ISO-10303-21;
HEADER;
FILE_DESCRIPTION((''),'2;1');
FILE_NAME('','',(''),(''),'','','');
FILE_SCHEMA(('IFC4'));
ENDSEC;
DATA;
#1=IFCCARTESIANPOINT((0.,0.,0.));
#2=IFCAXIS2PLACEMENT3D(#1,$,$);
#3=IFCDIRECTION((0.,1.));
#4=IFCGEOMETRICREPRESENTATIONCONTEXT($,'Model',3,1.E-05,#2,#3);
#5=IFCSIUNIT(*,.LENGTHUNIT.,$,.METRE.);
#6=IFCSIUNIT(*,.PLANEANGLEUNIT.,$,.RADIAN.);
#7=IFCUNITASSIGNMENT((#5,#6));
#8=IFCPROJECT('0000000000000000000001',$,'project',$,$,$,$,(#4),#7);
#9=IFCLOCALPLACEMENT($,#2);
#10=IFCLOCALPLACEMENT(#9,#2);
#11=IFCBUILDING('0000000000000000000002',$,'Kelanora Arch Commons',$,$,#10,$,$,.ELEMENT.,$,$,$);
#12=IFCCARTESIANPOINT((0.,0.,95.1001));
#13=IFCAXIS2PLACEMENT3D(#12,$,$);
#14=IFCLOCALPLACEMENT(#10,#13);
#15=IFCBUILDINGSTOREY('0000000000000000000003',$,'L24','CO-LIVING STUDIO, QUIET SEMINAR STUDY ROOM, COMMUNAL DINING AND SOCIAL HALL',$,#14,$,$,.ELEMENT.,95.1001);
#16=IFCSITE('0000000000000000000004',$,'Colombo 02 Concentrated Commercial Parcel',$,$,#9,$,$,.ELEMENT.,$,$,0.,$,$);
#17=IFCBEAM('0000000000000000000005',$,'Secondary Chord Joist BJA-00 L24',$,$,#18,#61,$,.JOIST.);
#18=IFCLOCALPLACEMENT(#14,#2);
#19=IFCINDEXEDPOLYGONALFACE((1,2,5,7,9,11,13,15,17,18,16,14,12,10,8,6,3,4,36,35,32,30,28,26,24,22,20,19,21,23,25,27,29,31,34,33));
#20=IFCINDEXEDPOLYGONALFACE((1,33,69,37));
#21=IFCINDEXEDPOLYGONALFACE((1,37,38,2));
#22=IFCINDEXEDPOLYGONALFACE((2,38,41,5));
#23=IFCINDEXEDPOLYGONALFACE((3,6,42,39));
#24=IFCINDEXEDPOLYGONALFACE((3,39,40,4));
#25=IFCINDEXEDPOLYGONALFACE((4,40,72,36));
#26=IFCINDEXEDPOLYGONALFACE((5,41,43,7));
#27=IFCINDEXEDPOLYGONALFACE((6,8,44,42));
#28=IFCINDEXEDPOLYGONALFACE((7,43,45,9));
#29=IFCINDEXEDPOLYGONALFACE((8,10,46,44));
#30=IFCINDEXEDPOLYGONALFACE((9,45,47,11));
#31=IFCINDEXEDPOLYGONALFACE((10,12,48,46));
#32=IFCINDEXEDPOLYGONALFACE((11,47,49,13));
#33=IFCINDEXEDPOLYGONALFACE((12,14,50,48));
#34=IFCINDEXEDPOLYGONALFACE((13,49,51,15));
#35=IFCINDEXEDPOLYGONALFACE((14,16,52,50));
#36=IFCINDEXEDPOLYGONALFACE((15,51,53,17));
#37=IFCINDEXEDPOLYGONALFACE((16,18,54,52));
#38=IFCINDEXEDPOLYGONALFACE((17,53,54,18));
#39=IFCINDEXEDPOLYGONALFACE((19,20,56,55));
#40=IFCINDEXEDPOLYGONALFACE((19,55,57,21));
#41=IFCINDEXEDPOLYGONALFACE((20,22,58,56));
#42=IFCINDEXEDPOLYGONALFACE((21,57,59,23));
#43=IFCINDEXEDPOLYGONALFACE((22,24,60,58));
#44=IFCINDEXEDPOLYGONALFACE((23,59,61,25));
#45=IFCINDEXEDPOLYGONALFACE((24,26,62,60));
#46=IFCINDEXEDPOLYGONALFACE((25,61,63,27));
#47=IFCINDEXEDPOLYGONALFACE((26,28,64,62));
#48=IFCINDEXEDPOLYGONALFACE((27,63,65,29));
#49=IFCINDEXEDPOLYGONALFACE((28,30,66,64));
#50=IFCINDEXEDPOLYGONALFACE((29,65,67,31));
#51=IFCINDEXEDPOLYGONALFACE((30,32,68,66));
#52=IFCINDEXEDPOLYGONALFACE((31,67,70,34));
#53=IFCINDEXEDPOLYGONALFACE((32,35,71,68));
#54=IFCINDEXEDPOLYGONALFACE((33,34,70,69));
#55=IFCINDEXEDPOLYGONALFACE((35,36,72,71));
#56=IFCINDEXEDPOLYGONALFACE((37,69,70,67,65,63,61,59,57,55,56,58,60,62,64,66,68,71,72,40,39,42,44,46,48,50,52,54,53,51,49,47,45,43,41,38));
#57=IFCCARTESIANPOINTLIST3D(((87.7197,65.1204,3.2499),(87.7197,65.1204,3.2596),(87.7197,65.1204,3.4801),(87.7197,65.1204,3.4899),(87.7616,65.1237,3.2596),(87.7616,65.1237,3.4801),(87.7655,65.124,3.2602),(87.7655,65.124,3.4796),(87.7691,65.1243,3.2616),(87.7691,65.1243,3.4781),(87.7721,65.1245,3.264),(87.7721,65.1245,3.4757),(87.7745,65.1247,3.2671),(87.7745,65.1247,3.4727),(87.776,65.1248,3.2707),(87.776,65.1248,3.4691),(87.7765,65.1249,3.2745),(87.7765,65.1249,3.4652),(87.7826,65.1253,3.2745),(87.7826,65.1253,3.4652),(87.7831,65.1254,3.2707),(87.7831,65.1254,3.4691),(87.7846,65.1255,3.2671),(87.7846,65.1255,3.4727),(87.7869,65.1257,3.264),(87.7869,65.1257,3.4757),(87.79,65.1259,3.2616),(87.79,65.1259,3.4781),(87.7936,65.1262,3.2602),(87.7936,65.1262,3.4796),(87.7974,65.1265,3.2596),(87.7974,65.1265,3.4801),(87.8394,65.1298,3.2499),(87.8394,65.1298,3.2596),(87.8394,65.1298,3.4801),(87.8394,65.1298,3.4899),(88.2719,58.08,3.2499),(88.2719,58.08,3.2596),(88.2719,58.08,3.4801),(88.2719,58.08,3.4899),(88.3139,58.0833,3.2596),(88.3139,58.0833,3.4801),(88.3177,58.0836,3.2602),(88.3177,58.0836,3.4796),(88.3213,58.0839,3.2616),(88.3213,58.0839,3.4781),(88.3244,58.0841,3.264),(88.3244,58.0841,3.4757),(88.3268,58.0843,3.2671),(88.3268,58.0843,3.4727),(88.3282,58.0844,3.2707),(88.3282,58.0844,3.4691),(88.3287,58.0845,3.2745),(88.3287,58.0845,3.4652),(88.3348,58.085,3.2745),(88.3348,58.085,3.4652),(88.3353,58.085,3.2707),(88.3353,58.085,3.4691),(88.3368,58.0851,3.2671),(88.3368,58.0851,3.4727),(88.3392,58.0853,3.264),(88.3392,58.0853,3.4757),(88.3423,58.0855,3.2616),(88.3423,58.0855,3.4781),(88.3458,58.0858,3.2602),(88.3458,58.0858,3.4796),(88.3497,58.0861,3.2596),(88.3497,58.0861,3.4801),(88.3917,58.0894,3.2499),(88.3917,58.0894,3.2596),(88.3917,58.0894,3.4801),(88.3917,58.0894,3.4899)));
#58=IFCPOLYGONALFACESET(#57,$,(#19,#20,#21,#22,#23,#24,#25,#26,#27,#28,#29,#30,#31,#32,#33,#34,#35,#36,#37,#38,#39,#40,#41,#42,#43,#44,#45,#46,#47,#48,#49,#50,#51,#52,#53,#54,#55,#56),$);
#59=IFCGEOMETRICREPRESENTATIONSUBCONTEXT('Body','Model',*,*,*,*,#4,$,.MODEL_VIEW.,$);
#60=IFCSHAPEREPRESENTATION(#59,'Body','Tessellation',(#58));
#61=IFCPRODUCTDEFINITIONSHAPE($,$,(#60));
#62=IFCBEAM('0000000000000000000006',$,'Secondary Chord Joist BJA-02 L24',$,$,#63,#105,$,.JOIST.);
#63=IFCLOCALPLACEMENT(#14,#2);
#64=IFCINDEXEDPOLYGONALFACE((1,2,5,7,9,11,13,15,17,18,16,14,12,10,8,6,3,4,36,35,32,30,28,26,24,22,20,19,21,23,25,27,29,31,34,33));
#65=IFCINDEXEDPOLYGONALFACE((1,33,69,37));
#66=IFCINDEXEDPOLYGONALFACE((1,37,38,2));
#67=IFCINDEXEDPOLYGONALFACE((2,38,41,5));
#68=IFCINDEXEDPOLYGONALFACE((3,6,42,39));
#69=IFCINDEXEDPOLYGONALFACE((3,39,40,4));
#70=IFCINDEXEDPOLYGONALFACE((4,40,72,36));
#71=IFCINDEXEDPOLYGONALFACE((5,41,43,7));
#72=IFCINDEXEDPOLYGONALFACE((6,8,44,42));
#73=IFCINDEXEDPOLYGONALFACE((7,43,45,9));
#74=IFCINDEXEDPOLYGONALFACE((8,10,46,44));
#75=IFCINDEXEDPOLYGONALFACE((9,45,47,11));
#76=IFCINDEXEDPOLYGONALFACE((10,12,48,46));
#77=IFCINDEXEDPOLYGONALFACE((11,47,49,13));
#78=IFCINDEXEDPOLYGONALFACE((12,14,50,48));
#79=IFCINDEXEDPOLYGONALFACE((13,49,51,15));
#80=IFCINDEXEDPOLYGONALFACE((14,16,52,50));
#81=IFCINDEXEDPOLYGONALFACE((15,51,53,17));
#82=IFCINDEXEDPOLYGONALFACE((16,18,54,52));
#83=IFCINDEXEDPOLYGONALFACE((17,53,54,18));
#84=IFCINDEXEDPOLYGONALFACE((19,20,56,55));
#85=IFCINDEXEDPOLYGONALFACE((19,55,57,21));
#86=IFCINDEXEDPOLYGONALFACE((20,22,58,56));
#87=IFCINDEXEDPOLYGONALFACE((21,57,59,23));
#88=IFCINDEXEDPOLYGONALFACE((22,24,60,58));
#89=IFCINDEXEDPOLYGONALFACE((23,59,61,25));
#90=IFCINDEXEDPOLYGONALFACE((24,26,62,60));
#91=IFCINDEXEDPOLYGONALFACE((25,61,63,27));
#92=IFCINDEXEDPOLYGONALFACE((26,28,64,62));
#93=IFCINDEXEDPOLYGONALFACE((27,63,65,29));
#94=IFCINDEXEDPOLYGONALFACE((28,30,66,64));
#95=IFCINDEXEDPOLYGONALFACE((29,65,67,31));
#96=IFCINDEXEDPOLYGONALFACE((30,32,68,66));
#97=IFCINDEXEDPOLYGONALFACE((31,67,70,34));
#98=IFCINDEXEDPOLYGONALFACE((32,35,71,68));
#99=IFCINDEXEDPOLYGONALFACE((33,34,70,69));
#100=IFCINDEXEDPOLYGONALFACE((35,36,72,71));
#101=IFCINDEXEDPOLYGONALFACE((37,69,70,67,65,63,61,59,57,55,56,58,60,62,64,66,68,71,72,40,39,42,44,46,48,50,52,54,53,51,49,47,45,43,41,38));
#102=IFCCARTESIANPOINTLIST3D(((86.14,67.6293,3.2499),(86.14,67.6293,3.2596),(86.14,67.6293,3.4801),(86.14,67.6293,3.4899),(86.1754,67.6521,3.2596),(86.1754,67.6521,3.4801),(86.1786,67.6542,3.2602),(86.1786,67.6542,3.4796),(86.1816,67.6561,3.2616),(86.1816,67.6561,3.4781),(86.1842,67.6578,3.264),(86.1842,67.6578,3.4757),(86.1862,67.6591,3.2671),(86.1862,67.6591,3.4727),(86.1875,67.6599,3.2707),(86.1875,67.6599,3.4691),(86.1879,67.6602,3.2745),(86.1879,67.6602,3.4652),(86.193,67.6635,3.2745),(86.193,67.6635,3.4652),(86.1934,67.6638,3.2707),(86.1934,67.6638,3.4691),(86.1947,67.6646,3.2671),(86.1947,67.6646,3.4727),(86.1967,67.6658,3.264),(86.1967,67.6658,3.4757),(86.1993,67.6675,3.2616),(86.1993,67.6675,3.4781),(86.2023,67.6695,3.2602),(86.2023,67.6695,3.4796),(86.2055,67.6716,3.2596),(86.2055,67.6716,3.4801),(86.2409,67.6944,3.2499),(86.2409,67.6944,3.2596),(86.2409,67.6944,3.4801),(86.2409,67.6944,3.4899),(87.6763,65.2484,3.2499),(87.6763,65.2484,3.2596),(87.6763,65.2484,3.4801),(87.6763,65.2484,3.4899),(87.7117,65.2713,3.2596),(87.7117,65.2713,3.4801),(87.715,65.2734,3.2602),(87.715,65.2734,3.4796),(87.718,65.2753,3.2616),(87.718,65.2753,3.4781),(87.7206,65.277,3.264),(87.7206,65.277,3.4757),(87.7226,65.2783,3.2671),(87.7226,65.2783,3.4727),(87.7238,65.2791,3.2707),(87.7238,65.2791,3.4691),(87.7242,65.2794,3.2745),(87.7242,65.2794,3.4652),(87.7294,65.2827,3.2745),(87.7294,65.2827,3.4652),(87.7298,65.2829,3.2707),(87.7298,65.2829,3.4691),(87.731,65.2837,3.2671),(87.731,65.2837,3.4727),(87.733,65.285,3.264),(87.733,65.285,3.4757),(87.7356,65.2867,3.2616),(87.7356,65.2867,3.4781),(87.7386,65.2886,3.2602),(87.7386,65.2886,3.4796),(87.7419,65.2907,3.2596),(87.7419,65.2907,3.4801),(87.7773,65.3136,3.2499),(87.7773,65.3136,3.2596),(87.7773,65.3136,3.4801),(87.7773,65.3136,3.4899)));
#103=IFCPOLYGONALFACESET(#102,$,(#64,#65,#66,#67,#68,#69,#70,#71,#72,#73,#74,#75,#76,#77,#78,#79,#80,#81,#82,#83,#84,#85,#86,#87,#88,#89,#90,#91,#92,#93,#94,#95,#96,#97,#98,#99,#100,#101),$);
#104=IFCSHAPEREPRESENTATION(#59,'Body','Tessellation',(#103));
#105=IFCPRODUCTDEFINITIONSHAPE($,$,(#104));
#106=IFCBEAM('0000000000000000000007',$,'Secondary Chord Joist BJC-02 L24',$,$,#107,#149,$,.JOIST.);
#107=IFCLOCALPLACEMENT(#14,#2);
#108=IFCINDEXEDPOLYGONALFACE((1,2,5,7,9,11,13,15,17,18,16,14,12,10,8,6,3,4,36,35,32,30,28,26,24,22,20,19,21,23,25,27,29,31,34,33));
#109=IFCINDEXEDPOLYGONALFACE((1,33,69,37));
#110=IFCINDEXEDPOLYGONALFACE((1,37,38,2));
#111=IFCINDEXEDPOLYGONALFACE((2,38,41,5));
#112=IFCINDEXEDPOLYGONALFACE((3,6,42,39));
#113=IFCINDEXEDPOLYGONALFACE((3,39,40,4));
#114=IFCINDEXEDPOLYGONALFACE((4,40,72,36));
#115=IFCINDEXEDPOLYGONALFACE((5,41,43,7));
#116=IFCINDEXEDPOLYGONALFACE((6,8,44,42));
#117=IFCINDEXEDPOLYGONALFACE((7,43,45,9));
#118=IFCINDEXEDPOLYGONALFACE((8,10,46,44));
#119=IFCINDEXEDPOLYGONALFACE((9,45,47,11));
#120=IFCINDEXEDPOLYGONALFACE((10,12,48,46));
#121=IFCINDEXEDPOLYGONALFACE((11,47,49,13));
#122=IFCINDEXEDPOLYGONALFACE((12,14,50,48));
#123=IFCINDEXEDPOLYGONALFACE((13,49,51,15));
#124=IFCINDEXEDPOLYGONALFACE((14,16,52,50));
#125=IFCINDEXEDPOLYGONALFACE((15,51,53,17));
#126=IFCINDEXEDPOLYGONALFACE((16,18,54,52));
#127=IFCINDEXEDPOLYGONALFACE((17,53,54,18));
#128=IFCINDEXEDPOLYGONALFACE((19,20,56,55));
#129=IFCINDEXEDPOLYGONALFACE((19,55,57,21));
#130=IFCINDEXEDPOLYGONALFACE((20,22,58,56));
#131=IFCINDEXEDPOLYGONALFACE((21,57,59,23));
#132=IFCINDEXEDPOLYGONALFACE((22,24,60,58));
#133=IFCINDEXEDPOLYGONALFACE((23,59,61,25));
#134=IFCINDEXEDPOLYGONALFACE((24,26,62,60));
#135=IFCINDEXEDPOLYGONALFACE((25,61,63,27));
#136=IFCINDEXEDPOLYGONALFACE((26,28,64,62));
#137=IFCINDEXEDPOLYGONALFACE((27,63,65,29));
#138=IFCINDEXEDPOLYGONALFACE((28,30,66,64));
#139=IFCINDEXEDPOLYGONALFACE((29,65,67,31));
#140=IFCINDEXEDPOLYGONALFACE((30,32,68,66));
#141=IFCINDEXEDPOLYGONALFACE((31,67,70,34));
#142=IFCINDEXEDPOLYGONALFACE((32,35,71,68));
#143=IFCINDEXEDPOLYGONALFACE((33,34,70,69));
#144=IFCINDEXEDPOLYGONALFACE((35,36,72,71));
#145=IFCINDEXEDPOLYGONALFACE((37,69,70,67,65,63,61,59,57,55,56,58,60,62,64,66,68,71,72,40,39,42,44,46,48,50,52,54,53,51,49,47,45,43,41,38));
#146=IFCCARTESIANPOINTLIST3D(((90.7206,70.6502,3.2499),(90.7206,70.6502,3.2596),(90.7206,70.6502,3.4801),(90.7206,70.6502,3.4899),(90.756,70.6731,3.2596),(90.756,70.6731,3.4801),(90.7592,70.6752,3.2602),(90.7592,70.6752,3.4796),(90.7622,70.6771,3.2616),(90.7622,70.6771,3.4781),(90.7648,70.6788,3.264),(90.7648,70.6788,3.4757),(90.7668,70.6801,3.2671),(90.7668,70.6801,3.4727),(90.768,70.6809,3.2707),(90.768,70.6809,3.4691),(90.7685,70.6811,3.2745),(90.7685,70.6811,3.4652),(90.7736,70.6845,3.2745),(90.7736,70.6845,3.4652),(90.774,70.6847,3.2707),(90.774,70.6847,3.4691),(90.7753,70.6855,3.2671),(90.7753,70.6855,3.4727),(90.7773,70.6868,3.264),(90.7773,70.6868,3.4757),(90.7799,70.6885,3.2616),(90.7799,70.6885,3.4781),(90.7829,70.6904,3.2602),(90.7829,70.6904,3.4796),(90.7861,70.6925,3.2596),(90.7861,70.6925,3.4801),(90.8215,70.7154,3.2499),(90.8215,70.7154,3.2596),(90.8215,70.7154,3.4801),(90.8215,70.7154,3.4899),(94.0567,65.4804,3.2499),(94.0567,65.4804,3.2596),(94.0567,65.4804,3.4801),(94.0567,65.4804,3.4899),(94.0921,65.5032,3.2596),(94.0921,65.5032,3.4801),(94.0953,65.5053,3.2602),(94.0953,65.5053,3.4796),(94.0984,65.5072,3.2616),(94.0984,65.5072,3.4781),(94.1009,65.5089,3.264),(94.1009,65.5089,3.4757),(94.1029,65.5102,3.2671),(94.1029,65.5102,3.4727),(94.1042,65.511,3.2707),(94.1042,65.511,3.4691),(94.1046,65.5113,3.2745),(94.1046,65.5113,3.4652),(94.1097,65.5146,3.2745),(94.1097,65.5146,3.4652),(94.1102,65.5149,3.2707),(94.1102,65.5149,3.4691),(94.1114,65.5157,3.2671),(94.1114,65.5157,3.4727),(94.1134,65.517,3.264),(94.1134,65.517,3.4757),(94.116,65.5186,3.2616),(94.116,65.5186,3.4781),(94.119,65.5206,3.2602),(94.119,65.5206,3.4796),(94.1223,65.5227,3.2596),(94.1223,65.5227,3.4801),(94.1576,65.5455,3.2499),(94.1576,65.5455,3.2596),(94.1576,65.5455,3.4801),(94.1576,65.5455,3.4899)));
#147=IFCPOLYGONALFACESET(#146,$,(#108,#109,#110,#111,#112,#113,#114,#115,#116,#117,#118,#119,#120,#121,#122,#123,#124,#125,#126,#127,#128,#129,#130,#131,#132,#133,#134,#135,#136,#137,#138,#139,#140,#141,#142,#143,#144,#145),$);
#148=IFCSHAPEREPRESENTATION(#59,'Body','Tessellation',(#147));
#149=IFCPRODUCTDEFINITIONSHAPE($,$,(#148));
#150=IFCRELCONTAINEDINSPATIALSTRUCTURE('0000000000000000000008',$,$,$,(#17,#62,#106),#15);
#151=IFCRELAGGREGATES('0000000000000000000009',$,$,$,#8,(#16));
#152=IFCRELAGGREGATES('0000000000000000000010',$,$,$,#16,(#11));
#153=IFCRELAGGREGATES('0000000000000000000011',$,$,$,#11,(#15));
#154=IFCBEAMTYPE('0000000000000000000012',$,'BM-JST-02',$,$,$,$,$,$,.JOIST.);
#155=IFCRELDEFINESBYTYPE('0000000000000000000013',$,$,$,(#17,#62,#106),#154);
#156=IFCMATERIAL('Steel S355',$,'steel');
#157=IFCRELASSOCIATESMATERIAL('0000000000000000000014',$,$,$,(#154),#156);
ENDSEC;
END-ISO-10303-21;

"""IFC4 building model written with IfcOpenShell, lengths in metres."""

from ifc_helpers import new_model, si_unit, direction, frame, origin, origin_2d, place, context, subcontext, project, spatial, i_section, extrude, material, material_profile, profile_set, type_object, element, save


model = new_model("IFC4")

# Units and contexts
model_context = context("Model", 3, precision=1e-05, world=origin(), true_north=direction((0.0, 1.0)))
body_context = subcontext(model_context, "Body", "Model", "MODEL_VIEW")
ifc_project = project(units=[si_unit("LENGTHUNIT", "METRE"), si_unit("PLANEANGLEUNIT", "RADIAN")], contexts=[model_context])

# Site, building, storey
site_placement = place(None, origin())
site = spatial("IfcSite", under=ifc_project, at=site_placement, Name="Colombo 02 Concentrated Commercial Parcel", CompositionType="ELEMENT", RefElevation=0.0)
building_placement = place(site_placement, origin())
building = spatial("IfcBuilding", under=site, at=building_placement, Name="Kelanora Arch Commons", CompositionType="ELEMENT")
storey_placement = place(building_placement, frame((0.0, 0.0, 95.1001)))
storey = spatial("IfcBuildingStorey", under=building, at=storey_placement, Name="L24", Description="CO-LIVING STUDIO, QUIET SEMINAR STUDY ROOM, COMMUNAL DINING AND SOCIAL HALL", CompositionType="ELEMENT", Elevation=95.1001)

# Beams
ifc_material_1 = material(Name="Steel S355", Category="steel")
ifc_material_profile_1 = material_profile(ifc_material_1, i_section(OverallWidth=0.1201, OverallDepth=0.24, WebThickness=0.0061, FlangeThickness=0.0098, FilletRadius=0.0149, at=origin_2d()), Name="IPE240")
ifc_profile_set_1 = profile_set([ifc_material_profile_1], Name="Steel S355")
beam_type_1 = type_object("IfcBeamType", Name="BM-JST-02", PredefinedType="JOIST", material=ifc_profile_set_1)
beam_1_placement = place(storey_placement, frame((88.3318, 58.0847, 3.3699), z_axis=(-0.078201, 0.996938, 0.0), x_axis=(-0.996938, -0.078201, 0.0)))
element("IfcBeam", 1, at=beam_1_placement, inside=storey, type_object=beam_type_1, Name="Secondary Chord Joist BJA-00 L24", PredefinedType="JOIST", context=body_context, shape_type="SweptSolid", body=[
    extrude(i_section(OverallWidth=0.1201, OverallDepth=0.24, WebThickness=0.0061, FlangeThickness=0.0098, FilletRadius=0.0149, at=origin_2d()), origin(), (0.0, 0.0, 1.0), 7.062),
])
beam_2_placement = place(storey_placement, frame((87.7268, 65.281, 3.3699), z_axis=(-0.542211, 0.840242, 0.0), x_axis=(-0.840242, -0.542211, 0.0)))
element("IfcBeam", 2, at=beam_2_placement, inside=storey, type_object=beam_type_1, Name="Secondary Chord Joist BJA-02 L24", PredefinedType="JOIST", context=body_context, shape_type="SweptSolid", body=[
    extrude(i_section(OverallWidth=0.1201, OverallDepth=0.24, WebThickness=0.0061, FlangeThickness=0.0098, FilletRadius=0.0149, at=origin_2d()), origin(), (0.0, 0.0, 1.0), 2.8335),
])
beam_3_placement = place(storey_placement, frame((94.1072, 65.5129, 3.3699), z_axis=(-0.542213, 0.840241, 0.0), x_axis=(-0.840241, -0.542213, 0.0)))
element("IfcBeam", 3, at=beam_3_placement, inside=storey, type_object=beam_type_1, Name="Secondary Chord Joist BJC-02 L24", PredefinedType="JOIST", context=body_context, shape_type="SweptSolid", body=[
    extrude(i_section(OverallWidth=0.1201, OverallDepth=0.24, WebThickness=0.0061, FlangeThickness=0.0098, FilletRadius=0.0149, at=origin_2d()), origin(), (0.0, 0.0, 1.0), 6.1528),
])

save(model, "model.ifc")
